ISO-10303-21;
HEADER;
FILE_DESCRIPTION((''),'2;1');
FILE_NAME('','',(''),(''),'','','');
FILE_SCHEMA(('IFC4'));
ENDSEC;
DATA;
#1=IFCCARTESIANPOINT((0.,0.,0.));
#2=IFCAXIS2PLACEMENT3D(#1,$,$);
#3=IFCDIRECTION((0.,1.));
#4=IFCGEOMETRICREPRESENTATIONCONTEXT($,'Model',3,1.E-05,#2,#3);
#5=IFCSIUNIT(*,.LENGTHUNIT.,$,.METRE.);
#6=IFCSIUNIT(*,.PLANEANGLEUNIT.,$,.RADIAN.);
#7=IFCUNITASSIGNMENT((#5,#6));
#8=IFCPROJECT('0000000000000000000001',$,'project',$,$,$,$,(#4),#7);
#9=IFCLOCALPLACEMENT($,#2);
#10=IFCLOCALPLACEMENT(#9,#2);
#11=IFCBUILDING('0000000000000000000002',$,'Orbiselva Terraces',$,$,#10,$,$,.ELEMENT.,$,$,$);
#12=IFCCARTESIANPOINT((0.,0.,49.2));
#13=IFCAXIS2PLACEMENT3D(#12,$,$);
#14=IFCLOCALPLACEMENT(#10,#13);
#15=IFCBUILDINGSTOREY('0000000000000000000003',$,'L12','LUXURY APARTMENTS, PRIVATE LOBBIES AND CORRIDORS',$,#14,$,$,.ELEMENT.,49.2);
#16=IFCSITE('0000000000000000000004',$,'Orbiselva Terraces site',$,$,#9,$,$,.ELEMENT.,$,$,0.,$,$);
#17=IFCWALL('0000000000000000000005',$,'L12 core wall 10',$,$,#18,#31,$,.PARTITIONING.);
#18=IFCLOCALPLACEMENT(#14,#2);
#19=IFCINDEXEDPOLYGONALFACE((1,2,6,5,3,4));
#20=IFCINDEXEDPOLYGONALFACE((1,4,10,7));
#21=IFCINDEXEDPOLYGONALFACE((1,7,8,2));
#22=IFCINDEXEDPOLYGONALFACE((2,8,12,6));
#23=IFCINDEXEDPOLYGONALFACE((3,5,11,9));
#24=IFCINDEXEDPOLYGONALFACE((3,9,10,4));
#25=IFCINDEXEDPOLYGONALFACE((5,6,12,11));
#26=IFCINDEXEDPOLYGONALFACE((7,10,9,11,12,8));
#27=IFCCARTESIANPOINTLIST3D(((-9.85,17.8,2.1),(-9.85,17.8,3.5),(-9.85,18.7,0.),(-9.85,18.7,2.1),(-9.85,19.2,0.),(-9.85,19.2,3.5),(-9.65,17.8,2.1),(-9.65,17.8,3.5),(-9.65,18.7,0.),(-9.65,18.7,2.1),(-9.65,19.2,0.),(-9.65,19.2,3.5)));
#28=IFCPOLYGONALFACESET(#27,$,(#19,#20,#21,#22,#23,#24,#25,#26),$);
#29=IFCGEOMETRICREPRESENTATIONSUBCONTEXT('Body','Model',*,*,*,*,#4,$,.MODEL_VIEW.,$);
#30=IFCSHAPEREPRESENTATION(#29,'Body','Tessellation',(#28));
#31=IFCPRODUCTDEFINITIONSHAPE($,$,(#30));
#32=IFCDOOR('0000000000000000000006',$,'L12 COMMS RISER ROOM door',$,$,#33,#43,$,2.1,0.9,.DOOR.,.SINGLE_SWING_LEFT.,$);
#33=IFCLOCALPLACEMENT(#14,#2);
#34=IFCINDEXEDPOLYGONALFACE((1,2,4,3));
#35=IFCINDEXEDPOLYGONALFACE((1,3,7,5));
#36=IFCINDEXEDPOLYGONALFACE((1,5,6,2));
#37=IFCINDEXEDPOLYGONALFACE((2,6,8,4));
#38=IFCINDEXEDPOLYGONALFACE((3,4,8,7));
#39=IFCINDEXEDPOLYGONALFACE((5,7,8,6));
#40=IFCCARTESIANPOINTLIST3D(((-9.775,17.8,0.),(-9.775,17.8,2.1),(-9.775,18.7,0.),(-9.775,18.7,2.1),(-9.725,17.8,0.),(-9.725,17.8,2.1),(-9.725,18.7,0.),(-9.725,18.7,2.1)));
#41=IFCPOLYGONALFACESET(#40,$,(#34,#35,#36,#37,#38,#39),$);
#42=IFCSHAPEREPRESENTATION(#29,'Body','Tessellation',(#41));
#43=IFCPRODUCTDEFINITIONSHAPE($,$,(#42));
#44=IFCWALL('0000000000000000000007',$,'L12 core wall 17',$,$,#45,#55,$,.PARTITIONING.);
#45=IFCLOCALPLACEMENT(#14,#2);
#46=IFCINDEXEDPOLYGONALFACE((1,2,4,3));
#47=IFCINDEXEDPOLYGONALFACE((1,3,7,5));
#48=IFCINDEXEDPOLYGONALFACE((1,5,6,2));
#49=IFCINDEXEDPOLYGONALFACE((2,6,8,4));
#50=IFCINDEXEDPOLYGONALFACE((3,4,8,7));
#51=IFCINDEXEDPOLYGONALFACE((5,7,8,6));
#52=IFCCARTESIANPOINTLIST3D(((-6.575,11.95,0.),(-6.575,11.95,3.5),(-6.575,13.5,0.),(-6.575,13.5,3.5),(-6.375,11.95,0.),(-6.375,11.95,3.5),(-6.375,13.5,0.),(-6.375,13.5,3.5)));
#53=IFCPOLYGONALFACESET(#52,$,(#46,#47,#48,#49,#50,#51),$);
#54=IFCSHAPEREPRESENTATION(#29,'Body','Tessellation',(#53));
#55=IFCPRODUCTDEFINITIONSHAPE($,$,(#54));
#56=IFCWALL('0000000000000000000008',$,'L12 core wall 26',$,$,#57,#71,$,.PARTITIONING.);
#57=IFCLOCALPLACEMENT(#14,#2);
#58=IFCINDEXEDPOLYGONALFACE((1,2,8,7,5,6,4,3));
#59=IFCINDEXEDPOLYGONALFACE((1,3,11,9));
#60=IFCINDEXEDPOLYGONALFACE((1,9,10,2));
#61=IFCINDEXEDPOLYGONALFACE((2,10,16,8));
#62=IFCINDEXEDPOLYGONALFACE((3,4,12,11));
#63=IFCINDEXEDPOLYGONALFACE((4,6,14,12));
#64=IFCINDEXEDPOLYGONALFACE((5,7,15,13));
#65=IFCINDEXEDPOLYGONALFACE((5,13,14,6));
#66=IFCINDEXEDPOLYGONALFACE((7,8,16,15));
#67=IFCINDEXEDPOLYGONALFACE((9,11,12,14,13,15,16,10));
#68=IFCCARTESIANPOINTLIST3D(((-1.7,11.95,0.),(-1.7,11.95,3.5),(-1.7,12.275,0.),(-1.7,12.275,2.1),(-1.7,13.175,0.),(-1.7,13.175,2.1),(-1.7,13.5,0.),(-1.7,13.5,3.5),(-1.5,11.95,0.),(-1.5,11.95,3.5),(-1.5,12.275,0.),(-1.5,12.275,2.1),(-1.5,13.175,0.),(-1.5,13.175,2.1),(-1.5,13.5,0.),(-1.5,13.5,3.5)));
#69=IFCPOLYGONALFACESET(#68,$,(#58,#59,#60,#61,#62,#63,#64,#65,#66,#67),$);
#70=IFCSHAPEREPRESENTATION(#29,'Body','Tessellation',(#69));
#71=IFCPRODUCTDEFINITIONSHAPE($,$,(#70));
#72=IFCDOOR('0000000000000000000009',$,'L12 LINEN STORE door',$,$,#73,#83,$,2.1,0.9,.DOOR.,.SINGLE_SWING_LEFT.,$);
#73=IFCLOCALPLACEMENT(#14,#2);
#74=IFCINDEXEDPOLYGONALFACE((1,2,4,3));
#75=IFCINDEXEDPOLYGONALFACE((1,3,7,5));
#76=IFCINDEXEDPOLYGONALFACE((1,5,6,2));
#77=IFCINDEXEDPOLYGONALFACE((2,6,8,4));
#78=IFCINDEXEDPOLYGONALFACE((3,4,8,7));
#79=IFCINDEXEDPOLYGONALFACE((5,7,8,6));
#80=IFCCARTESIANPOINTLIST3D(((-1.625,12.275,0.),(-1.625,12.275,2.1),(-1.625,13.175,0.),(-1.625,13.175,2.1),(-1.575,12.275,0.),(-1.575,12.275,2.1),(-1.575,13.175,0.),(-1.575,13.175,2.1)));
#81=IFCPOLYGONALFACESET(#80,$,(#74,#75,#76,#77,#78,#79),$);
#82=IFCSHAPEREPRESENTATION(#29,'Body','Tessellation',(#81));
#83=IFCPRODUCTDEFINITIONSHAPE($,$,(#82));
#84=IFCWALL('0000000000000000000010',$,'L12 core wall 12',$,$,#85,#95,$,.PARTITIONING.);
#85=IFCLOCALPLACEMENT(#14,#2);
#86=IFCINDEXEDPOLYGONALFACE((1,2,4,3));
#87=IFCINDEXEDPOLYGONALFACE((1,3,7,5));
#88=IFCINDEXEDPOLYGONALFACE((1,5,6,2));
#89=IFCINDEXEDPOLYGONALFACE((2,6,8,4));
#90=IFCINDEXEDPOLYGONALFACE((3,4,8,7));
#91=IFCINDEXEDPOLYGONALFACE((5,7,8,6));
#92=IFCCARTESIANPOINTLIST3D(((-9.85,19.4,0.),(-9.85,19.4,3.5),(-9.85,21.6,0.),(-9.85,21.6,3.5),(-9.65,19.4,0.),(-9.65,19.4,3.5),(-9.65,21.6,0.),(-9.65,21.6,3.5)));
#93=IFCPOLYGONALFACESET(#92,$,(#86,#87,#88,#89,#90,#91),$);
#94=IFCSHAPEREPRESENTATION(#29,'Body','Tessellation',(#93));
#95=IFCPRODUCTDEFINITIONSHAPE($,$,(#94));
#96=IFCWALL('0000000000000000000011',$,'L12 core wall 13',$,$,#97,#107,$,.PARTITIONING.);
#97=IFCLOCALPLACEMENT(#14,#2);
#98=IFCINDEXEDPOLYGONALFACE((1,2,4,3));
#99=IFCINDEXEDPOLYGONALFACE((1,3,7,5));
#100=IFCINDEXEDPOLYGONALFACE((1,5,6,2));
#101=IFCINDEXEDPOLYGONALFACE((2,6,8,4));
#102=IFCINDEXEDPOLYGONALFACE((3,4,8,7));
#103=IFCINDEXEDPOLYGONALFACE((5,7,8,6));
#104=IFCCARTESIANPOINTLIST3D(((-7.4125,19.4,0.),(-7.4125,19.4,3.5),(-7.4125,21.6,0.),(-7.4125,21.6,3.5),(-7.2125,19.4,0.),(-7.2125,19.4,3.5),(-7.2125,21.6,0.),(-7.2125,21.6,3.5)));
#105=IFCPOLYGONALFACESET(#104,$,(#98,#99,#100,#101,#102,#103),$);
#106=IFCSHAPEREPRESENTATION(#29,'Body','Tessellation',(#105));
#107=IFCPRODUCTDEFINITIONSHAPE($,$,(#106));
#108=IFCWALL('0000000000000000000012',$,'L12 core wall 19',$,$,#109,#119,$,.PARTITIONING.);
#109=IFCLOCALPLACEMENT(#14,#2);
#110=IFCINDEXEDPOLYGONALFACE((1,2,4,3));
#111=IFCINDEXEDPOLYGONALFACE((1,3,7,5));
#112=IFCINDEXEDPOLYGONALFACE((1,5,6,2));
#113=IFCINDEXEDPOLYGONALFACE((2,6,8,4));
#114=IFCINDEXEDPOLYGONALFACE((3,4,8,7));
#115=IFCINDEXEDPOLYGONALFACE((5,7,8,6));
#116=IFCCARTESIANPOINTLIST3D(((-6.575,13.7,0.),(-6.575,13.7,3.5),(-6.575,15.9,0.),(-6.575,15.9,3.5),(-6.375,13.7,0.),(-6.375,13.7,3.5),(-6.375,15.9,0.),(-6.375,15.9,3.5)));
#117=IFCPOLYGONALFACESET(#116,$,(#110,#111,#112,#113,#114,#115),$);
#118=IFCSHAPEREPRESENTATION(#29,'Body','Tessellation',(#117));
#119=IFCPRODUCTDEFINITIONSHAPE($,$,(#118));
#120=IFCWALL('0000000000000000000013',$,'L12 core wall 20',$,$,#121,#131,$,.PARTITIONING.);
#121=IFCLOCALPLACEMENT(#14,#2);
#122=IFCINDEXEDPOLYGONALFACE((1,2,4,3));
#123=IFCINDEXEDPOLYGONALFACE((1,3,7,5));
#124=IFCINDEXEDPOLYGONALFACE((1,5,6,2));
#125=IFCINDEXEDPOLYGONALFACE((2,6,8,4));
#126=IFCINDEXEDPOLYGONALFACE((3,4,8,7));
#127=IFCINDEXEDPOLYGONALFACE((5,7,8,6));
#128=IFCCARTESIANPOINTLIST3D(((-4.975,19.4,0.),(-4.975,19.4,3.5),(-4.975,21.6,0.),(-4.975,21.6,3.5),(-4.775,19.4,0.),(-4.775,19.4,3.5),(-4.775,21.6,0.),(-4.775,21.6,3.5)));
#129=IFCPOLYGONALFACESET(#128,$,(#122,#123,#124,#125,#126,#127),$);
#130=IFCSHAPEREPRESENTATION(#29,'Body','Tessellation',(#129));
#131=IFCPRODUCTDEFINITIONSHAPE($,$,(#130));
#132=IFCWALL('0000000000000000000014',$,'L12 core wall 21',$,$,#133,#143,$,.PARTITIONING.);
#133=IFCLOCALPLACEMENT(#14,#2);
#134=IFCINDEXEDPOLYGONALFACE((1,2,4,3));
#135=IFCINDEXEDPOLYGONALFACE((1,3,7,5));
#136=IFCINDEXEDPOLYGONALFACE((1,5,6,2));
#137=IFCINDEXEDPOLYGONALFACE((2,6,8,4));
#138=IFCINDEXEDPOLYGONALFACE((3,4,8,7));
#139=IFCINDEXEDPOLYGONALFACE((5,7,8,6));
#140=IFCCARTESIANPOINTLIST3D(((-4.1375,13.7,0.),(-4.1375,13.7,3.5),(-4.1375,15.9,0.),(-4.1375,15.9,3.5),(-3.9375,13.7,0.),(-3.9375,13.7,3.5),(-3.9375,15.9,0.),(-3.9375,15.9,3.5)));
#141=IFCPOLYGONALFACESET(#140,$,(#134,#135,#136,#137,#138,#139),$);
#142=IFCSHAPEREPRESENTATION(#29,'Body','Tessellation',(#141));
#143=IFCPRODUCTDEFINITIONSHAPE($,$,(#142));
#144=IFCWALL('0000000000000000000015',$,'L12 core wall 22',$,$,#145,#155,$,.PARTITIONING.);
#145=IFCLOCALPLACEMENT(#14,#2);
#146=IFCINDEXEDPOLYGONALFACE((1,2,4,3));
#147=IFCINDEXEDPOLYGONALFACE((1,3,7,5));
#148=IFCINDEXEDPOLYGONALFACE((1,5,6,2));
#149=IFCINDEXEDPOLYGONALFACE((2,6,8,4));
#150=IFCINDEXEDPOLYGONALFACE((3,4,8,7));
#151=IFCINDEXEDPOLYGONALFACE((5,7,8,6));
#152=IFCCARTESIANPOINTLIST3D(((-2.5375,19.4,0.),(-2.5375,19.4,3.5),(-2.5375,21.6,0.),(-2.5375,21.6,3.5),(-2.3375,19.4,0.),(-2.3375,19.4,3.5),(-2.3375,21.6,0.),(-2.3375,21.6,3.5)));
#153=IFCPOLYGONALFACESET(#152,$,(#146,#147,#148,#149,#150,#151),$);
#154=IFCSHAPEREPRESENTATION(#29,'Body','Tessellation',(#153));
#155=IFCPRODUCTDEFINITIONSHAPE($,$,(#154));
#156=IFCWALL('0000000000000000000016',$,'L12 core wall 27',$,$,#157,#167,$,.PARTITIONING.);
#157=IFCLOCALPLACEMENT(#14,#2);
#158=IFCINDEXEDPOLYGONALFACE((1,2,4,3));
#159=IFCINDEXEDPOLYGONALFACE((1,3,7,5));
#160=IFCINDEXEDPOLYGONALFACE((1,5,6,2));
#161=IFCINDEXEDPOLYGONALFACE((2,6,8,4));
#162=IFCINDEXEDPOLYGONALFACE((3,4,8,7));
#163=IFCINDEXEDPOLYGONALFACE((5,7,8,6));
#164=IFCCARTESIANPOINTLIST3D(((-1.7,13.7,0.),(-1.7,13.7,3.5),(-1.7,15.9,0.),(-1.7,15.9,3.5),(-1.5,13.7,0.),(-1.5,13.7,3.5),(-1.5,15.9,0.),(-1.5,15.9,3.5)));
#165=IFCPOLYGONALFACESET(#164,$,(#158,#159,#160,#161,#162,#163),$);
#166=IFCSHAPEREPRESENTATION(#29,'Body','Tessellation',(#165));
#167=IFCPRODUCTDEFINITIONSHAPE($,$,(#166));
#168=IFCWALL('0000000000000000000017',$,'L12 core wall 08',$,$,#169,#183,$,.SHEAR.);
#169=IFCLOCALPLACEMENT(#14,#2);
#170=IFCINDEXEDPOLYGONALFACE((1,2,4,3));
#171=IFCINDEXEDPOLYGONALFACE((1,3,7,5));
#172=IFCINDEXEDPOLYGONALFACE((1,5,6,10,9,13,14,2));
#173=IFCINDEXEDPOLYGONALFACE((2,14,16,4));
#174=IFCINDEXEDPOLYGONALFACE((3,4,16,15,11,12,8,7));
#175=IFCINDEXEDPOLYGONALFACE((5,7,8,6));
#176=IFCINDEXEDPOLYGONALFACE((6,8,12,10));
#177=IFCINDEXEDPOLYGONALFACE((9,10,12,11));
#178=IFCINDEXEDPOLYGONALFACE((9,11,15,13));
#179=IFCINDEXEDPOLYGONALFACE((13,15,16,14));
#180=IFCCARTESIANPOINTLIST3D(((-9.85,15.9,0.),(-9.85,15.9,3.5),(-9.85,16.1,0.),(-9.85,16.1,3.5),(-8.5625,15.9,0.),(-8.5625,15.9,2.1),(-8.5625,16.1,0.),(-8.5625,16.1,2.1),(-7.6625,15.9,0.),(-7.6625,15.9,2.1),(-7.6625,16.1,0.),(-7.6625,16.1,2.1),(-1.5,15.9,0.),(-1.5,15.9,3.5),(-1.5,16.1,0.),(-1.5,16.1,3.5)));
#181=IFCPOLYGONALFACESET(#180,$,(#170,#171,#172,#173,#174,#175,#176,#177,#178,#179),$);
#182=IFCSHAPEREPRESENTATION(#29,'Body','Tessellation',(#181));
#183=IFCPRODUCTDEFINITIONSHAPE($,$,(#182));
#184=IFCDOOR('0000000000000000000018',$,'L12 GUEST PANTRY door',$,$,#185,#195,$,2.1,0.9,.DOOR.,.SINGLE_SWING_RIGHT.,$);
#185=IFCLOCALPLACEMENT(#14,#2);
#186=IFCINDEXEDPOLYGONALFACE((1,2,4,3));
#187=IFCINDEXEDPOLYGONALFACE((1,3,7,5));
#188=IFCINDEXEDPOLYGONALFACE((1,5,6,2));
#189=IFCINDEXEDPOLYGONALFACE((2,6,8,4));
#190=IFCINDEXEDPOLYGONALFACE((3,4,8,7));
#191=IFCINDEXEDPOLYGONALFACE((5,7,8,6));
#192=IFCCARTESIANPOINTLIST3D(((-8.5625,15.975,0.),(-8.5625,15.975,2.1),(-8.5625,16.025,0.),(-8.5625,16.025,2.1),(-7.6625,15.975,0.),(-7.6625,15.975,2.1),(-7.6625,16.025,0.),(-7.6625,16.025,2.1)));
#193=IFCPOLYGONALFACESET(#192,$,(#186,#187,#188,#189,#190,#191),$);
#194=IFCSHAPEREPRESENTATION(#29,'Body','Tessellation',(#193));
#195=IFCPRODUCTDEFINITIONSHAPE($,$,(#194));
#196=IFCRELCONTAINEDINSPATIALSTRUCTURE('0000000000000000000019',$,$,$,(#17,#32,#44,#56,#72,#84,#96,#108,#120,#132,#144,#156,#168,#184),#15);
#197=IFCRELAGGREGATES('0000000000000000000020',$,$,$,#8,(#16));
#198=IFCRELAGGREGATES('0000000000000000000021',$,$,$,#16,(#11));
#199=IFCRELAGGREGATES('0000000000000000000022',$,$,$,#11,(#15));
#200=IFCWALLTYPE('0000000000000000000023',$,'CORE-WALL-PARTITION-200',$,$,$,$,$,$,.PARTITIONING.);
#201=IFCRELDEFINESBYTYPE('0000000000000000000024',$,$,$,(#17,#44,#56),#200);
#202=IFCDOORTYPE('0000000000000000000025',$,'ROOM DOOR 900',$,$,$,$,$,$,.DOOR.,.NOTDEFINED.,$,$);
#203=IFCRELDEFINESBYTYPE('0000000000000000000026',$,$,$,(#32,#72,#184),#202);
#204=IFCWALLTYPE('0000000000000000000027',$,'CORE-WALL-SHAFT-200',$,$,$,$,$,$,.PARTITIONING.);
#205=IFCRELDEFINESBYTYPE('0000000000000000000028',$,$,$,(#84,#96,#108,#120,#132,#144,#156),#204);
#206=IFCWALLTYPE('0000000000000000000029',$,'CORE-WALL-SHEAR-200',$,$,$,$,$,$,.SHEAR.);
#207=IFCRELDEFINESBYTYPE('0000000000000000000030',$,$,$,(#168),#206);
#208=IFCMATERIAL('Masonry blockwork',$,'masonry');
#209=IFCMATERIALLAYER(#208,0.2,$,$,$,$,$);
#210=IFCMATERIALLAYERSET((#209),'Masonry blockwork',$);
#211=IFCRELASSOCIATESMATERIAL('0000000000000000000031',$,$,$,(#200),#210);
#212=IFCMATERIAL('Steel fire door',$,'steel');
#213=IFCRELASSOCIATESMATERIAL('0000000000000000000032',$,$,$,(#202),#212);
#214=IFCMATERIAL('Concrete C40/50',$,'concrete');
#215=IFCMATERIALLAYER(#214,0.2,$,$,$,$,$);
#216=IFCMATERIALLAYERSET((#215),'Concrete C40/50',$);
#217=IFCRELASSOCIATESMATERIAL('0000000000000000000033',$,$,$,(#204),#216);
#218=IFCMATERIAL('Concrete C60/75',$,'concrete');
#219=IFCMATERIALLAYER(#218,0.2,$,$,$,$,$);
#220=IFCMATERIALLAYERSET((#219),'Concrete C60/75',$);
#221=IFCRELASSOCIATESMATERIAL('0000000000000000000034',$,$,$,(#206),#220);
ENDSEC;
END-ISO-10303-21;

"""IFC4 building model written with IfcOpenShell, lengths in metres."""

from ifc_helpers import new_model, si_unit, direction, frame, frame_2d, origin, place, context, subcontext, project, spatial, rectangle, extrude, material, layer, layer_set, type_object, element, fill, save


model = new_model("IFC4")

# Units and contexts
model_context = context("Model", 3, precision=1e-05, world=origin(), true_north=direction((0.0, 1.0)))
body_context = subcontext(model_context, "Body", "Model", "MODEL_VIEW")
ifc_project = project(units=[si_unit("LENGTHUNIT", "METRE"), si_unit("PLANEANGLEUNIT", "RADIAN")], contexts=[model_context])

# Site, building, storey
site_placement = place(None, origin())
site = spatial("IfcSite", under=ifc_project, at=site_placement, Name="Orbiselva Terraces site", CompositionType="ELEMENT", RefElevation=0.0)
building_placement = place(site_placement, origin())
building = spatial("IfcBuilding", under=site, at=building_placement, Name="Orbiselva Terraces", CompositionType="ELEMENT")
storey_placement = place(building_placement, frame((0.0, 0.0, 49.2)))
storey = spatial("IfcBuildingStorey", under=building, at=storey_placement, Name="L12", Description="LUXURY APARTMENTS, PRIVATE LOBBIES AND CORRIDORS", CompositionType="ELEMENT", Elevation=49.2)

# Wall, opening, door
ifc_material_1 = material(Name="Masonry blockwork", Category="masonry")
ifc_layer_1 = layer(ifc_material_1, 0.2)
ifc_layer_set_1 = layer_set([ifc_layer_1], Name="Masonry blockwork")
wall_type_1 = type_object("IfcWallType", Name="CORE-WALL-PARTITION-200", PredefinedType="PARTITIONING", material=ifc_layer_set_1)
wall_1_placement = place(storey_placement, frame((-9.75, 17.8, 0.0), z_axis=(0.0, 0.0, 1.0), x_axis=(0.0, 1.0, 0.0)))
wall_1 = element("IfcWall", 1, at=wall_1_placement, inside=storey, type_object=wall_type_1, Name="L12 core wall 10", PredefinedType="PARTITIONING", context=body_context, shape_type="SweptSolid", body=[
    extrude(rectangle(XDim=1.4, YDim=0.2, at=frame_2d((0.7, 0.0))), origin(), (0.0, 0.0, 1.0), 3.5),
])
opening_1_placement = place(wall_1_placement, origin())
opening_1 = element("IfcOpeningElement", 2, at=opening_1_placement, cuts=wall_1, PredefinedType="OPENING", context=body_context, shape_type="SweptSolid", body=[
    extrude(rectangle(XDim=0.9, YDim=2.1, at=frame_2d((0.45, 1.05))), frame((0.0, 0.11, 0.0), z_axis=(0.0, -1.0, 0.0), x_axis=(1.0, 0.0, 0.0)), (0.0, 0.0, 1.0), 0.22),
])
ifc_material_2 = material(Name="Steel fire door", Category="steel")
door_type_1 = type_object("IfcDoorType", Name="ROOM DOOR 900", OperationType="NOTDEFINED", PredefinedType="DOOR", material=ifc_material_2)
door_1_placement = place(opening_1_placement, origin())
door_1 = element("IfcDoor", 3, at=door_1_placement, inside=storey, type_object=door_type_1, Name="L12 COMMS RISER ROOM door", OperationType="SINGLE_SWING_LEFT", OverallHeight=2.1, OverallWidth=0.9, PredefinedType="DOOR", context=body_context, shape_type="SweptSolid", body=[
    extrude(rectangle(XDim=0.9, YDim=2.1, at=frame_2d((0.45, 1.05))), frame((0.0, 0.025, 0.0), z_axis=(0.0, -1.0, 0.0), x_axis=(1.0, 0.0, 0.0)), (0.0, 0.0, 1.0), 0.05),
])
fill(opening_1, door_1)

# Wall
wall_2_placement = place(storey_placement, frame((-6.475, 11.95, 0.0), z_axis=(0.0, 0.0, 1.0), x_axis=(0.0, 1.0, 0.0)))
element("IfcWall", 4, at=wall_2_placement, inside=storey, type_object=wall_type_1, Name="L12 core wall 17", PredefinedType="PARTITIONING", context=body_context, shape_type="SweptSolid", body=[
    extrude(rectangle(XDim=1.55, YDim=0.2, at=frame_2d((0.775, 0.0))), origin(), (0.0, 0.0, 1.0), 3.5),
])

# Wall, opening, door
wall_3_placement = place(storey_placement, frame((-1.6, 11.95, 0.0), z_axis=(0.0, 0.0, 1.0), x_axis=(0.0, 1.0, 0.0)))
wall_3 = element("IfcWall", 5, at=wall_3_placement, inside=storey, type_object=wall_type_1, Name="L12 core wall 26", PredefinedType="PARTITIONING", context=body_context, shape_type="SweptSolid", body=[
    extrude(rectangle(XDim=1.55, YDim=0.2, at=frame_2d((0.775, 0.0))), origin(), (0.0, 0.0, 1.0), 3.5),
])
opening_2_placement = place(wall_3_placement, frame((0.325, 0.0, 0.0)))
opening_2 = element("IfcOpeningElement", 6, at=opening_2_placement, cuts=wall_3, PredefinedType="OPENING", context=body_context, shape_type="SweptSolid", body=[
    extrude(rectangle(XDim=0.9, YDim=2.1, at=frame_2d((0.45, 1.05))), frame((0.0, 0.11, 0.0), z_axis=(0.0, -1.0, 0.0), x_axis=(1.0, 0.0, 0.0)), (0.0, 0.0, 1.0), 0.22),
])
door_2_placement = place(opening_2_placement, origin())
door_2 = element("IfcDoor", 7, at=door_2_placement, inside=storey, type_object=door_type_1, Name="L12 LINEN STORE door", OperationType="SINGLE_SWING_LEFT", OverallHeight=2.1, OverallWidth=0.9, PredefinedType="DOOR", context=body_context, shape_type="SweptSolid", body=[
    extrude(rectangle(XDim=0.9, YDim=2.1, at=frame_2d((0.45, 1.05))), frame((0.0, 0.025, 0.0), z_axis=(0.0, -1.0, 0.0), x_axis=(1.0, 0.0, 0.0)), (0.0, 0.0, 1.0), 0.05),
])
fill(opening_2, door_2)

# Walls
ifc_material_3 = material(Name="Concrete C40/50", Category="concrete")
ifc_layer_2 = layer(ifc_material_3, 0.2)
ifc_layer_set_2 = layer_set([ifc_layer_2], Name="Concrete C40/50")
wall_type_2 = type_object("IfcWallType", Name="CORE-WALL-SHAFT-200", PredefinedType="PARTITIONING", material=ifc_layer_set_2)
for number, where, z_axis, x_axis, name in (
    (8, (-9.75, 19.4, 0.0), (0.0, 0.0, 1.0), (0.0, 1.0, 0.0), "L12 core wall 12"),
    (9, (-7.3125, 19.4, 0.0), (0.0, 0.0, 1.0), (0.0, 1.0, 0.0), "L12 core wall 13"),
    (10, (-6.475, 13.7, 0.0), (0.0, 0.0, 1.0), (0.0, 1.0, 0.0), "L12 core wall 19"),
    (11, (-4.875, 19.4, 0.0), (0.0, 0.0, 1.0), (0.0, 1.0, 0.0), "L12 core wall 20"),
    (12, (-4.0375, 13.7, 0.0), (0.0, 0.0, 1.0), (0.0, 1.0, 0.0), "L12 core wall 21"),
    (13, (-2.4375, 19.4, 0.0), (0.0, 0.0, 1.0), (0.0, 1.0, 0.0), "L12 core wall 22"),
    (14, (-1.6, 13.7, 0.0), (0.0, 0.0, 1.0), (0.0, 1.0, 0.0), "L12 core wall 27"),
):
    element("IfcWall", number, at=place(storey_placement, frame(where, z_axis=z_axis, x_axis=x_axis)), inside=storey, type_object=wall_type_2, Name=name, PredefinedType="PARTITIONING", context=body_context, shape_type="SweptSolid", body=[
        extrude(rectangle(XDim=2.2, YDim=0.2, at=frame_2d((1.1, 0.0))), origin(), (0.0, 0.0, 1.0), 3.5),
    ])

# Wall, opening, door
ifc_material_4 = material(Name="Concrete C60/75", Category="concrete")
ifc_layer_3 = layer(ifc_material_4, 0.2)
ifc_layer_set_3 = layer_set([ifc_layer_3], Name="Concrete C60/75")
wall_type_3 = type_object("IfcWallType", Name="CORE-WALL-SHEAR-200", PredefinedType="SHEAR", material=ifc_layer_set_3)
wall_4_placement = place(storey_placement, frame((-1.5, 16.0, 0.0), z_axis=(0.0, 0.0, 1.0), x_axis=(-1.0, 0.0, 0.0)))
wall_4 = element("IfcWall", 15, at=wall_4_placement, inside=storey, type_object=wall_type_3, Name="L12 core wall 08", PredefinedType="SHEAR", context=body_context, shape_type="SweptSolid", body=[
    extrude(rectangle(XDim=8.35, YDim=0.2, at=frame_2d((4.175, 0.0))), origin(), (0.0, 0.0, 1.0), 3.5),
])
opening_3_placement = place(wall_4_placement, frame((6.1625, 0.0, 0.0)))
opening_3 = element("IfcOpeningElement", 16, at=opening_3_placement, cuts=wall_4, PredefinedType="OPENING", context=body_context, shape_type="SweptSolid", body=[
    extrude(rectangle(XDim=0.9, YDim=2.1, at=frame_2d((0.45, 1.05))), frame((0.0, 0.11, 0.0), z_axis=(0.0, -1.0, 0.0), x_axis=(1.0, 0.0, 0.0)), (0.0, 0.0, 1.0), 0.22),
])
door_3_placement = place(opening_3_placement, origin())
door_3 = element("IfcDoor", 17, at=door_3_placement, inside=storey, type_object=door_type_1, Name="L12 GUEST PANTRY door", OperationType="SINGLE_SWING_RIGHT", OverallHeight=2.1, OverallWidth=0.9, PredefinedType="DOOR", context=body_context, shape_type="SweptSolid", body=[
    extrude(rectangle(XDim=0.9, YDim=2.1, at=frame_2d((0.45, 1.05))), frame((0.0, 0.025, 0.0), z_axis=(0.0, -1.0, 0.0), x_axis=(1.0, 0.0, 0.0)), (0.0, 0.0, 1.0), 0.05),
])
fill(opening_3, door_3)

save(model, "model.ifc")
